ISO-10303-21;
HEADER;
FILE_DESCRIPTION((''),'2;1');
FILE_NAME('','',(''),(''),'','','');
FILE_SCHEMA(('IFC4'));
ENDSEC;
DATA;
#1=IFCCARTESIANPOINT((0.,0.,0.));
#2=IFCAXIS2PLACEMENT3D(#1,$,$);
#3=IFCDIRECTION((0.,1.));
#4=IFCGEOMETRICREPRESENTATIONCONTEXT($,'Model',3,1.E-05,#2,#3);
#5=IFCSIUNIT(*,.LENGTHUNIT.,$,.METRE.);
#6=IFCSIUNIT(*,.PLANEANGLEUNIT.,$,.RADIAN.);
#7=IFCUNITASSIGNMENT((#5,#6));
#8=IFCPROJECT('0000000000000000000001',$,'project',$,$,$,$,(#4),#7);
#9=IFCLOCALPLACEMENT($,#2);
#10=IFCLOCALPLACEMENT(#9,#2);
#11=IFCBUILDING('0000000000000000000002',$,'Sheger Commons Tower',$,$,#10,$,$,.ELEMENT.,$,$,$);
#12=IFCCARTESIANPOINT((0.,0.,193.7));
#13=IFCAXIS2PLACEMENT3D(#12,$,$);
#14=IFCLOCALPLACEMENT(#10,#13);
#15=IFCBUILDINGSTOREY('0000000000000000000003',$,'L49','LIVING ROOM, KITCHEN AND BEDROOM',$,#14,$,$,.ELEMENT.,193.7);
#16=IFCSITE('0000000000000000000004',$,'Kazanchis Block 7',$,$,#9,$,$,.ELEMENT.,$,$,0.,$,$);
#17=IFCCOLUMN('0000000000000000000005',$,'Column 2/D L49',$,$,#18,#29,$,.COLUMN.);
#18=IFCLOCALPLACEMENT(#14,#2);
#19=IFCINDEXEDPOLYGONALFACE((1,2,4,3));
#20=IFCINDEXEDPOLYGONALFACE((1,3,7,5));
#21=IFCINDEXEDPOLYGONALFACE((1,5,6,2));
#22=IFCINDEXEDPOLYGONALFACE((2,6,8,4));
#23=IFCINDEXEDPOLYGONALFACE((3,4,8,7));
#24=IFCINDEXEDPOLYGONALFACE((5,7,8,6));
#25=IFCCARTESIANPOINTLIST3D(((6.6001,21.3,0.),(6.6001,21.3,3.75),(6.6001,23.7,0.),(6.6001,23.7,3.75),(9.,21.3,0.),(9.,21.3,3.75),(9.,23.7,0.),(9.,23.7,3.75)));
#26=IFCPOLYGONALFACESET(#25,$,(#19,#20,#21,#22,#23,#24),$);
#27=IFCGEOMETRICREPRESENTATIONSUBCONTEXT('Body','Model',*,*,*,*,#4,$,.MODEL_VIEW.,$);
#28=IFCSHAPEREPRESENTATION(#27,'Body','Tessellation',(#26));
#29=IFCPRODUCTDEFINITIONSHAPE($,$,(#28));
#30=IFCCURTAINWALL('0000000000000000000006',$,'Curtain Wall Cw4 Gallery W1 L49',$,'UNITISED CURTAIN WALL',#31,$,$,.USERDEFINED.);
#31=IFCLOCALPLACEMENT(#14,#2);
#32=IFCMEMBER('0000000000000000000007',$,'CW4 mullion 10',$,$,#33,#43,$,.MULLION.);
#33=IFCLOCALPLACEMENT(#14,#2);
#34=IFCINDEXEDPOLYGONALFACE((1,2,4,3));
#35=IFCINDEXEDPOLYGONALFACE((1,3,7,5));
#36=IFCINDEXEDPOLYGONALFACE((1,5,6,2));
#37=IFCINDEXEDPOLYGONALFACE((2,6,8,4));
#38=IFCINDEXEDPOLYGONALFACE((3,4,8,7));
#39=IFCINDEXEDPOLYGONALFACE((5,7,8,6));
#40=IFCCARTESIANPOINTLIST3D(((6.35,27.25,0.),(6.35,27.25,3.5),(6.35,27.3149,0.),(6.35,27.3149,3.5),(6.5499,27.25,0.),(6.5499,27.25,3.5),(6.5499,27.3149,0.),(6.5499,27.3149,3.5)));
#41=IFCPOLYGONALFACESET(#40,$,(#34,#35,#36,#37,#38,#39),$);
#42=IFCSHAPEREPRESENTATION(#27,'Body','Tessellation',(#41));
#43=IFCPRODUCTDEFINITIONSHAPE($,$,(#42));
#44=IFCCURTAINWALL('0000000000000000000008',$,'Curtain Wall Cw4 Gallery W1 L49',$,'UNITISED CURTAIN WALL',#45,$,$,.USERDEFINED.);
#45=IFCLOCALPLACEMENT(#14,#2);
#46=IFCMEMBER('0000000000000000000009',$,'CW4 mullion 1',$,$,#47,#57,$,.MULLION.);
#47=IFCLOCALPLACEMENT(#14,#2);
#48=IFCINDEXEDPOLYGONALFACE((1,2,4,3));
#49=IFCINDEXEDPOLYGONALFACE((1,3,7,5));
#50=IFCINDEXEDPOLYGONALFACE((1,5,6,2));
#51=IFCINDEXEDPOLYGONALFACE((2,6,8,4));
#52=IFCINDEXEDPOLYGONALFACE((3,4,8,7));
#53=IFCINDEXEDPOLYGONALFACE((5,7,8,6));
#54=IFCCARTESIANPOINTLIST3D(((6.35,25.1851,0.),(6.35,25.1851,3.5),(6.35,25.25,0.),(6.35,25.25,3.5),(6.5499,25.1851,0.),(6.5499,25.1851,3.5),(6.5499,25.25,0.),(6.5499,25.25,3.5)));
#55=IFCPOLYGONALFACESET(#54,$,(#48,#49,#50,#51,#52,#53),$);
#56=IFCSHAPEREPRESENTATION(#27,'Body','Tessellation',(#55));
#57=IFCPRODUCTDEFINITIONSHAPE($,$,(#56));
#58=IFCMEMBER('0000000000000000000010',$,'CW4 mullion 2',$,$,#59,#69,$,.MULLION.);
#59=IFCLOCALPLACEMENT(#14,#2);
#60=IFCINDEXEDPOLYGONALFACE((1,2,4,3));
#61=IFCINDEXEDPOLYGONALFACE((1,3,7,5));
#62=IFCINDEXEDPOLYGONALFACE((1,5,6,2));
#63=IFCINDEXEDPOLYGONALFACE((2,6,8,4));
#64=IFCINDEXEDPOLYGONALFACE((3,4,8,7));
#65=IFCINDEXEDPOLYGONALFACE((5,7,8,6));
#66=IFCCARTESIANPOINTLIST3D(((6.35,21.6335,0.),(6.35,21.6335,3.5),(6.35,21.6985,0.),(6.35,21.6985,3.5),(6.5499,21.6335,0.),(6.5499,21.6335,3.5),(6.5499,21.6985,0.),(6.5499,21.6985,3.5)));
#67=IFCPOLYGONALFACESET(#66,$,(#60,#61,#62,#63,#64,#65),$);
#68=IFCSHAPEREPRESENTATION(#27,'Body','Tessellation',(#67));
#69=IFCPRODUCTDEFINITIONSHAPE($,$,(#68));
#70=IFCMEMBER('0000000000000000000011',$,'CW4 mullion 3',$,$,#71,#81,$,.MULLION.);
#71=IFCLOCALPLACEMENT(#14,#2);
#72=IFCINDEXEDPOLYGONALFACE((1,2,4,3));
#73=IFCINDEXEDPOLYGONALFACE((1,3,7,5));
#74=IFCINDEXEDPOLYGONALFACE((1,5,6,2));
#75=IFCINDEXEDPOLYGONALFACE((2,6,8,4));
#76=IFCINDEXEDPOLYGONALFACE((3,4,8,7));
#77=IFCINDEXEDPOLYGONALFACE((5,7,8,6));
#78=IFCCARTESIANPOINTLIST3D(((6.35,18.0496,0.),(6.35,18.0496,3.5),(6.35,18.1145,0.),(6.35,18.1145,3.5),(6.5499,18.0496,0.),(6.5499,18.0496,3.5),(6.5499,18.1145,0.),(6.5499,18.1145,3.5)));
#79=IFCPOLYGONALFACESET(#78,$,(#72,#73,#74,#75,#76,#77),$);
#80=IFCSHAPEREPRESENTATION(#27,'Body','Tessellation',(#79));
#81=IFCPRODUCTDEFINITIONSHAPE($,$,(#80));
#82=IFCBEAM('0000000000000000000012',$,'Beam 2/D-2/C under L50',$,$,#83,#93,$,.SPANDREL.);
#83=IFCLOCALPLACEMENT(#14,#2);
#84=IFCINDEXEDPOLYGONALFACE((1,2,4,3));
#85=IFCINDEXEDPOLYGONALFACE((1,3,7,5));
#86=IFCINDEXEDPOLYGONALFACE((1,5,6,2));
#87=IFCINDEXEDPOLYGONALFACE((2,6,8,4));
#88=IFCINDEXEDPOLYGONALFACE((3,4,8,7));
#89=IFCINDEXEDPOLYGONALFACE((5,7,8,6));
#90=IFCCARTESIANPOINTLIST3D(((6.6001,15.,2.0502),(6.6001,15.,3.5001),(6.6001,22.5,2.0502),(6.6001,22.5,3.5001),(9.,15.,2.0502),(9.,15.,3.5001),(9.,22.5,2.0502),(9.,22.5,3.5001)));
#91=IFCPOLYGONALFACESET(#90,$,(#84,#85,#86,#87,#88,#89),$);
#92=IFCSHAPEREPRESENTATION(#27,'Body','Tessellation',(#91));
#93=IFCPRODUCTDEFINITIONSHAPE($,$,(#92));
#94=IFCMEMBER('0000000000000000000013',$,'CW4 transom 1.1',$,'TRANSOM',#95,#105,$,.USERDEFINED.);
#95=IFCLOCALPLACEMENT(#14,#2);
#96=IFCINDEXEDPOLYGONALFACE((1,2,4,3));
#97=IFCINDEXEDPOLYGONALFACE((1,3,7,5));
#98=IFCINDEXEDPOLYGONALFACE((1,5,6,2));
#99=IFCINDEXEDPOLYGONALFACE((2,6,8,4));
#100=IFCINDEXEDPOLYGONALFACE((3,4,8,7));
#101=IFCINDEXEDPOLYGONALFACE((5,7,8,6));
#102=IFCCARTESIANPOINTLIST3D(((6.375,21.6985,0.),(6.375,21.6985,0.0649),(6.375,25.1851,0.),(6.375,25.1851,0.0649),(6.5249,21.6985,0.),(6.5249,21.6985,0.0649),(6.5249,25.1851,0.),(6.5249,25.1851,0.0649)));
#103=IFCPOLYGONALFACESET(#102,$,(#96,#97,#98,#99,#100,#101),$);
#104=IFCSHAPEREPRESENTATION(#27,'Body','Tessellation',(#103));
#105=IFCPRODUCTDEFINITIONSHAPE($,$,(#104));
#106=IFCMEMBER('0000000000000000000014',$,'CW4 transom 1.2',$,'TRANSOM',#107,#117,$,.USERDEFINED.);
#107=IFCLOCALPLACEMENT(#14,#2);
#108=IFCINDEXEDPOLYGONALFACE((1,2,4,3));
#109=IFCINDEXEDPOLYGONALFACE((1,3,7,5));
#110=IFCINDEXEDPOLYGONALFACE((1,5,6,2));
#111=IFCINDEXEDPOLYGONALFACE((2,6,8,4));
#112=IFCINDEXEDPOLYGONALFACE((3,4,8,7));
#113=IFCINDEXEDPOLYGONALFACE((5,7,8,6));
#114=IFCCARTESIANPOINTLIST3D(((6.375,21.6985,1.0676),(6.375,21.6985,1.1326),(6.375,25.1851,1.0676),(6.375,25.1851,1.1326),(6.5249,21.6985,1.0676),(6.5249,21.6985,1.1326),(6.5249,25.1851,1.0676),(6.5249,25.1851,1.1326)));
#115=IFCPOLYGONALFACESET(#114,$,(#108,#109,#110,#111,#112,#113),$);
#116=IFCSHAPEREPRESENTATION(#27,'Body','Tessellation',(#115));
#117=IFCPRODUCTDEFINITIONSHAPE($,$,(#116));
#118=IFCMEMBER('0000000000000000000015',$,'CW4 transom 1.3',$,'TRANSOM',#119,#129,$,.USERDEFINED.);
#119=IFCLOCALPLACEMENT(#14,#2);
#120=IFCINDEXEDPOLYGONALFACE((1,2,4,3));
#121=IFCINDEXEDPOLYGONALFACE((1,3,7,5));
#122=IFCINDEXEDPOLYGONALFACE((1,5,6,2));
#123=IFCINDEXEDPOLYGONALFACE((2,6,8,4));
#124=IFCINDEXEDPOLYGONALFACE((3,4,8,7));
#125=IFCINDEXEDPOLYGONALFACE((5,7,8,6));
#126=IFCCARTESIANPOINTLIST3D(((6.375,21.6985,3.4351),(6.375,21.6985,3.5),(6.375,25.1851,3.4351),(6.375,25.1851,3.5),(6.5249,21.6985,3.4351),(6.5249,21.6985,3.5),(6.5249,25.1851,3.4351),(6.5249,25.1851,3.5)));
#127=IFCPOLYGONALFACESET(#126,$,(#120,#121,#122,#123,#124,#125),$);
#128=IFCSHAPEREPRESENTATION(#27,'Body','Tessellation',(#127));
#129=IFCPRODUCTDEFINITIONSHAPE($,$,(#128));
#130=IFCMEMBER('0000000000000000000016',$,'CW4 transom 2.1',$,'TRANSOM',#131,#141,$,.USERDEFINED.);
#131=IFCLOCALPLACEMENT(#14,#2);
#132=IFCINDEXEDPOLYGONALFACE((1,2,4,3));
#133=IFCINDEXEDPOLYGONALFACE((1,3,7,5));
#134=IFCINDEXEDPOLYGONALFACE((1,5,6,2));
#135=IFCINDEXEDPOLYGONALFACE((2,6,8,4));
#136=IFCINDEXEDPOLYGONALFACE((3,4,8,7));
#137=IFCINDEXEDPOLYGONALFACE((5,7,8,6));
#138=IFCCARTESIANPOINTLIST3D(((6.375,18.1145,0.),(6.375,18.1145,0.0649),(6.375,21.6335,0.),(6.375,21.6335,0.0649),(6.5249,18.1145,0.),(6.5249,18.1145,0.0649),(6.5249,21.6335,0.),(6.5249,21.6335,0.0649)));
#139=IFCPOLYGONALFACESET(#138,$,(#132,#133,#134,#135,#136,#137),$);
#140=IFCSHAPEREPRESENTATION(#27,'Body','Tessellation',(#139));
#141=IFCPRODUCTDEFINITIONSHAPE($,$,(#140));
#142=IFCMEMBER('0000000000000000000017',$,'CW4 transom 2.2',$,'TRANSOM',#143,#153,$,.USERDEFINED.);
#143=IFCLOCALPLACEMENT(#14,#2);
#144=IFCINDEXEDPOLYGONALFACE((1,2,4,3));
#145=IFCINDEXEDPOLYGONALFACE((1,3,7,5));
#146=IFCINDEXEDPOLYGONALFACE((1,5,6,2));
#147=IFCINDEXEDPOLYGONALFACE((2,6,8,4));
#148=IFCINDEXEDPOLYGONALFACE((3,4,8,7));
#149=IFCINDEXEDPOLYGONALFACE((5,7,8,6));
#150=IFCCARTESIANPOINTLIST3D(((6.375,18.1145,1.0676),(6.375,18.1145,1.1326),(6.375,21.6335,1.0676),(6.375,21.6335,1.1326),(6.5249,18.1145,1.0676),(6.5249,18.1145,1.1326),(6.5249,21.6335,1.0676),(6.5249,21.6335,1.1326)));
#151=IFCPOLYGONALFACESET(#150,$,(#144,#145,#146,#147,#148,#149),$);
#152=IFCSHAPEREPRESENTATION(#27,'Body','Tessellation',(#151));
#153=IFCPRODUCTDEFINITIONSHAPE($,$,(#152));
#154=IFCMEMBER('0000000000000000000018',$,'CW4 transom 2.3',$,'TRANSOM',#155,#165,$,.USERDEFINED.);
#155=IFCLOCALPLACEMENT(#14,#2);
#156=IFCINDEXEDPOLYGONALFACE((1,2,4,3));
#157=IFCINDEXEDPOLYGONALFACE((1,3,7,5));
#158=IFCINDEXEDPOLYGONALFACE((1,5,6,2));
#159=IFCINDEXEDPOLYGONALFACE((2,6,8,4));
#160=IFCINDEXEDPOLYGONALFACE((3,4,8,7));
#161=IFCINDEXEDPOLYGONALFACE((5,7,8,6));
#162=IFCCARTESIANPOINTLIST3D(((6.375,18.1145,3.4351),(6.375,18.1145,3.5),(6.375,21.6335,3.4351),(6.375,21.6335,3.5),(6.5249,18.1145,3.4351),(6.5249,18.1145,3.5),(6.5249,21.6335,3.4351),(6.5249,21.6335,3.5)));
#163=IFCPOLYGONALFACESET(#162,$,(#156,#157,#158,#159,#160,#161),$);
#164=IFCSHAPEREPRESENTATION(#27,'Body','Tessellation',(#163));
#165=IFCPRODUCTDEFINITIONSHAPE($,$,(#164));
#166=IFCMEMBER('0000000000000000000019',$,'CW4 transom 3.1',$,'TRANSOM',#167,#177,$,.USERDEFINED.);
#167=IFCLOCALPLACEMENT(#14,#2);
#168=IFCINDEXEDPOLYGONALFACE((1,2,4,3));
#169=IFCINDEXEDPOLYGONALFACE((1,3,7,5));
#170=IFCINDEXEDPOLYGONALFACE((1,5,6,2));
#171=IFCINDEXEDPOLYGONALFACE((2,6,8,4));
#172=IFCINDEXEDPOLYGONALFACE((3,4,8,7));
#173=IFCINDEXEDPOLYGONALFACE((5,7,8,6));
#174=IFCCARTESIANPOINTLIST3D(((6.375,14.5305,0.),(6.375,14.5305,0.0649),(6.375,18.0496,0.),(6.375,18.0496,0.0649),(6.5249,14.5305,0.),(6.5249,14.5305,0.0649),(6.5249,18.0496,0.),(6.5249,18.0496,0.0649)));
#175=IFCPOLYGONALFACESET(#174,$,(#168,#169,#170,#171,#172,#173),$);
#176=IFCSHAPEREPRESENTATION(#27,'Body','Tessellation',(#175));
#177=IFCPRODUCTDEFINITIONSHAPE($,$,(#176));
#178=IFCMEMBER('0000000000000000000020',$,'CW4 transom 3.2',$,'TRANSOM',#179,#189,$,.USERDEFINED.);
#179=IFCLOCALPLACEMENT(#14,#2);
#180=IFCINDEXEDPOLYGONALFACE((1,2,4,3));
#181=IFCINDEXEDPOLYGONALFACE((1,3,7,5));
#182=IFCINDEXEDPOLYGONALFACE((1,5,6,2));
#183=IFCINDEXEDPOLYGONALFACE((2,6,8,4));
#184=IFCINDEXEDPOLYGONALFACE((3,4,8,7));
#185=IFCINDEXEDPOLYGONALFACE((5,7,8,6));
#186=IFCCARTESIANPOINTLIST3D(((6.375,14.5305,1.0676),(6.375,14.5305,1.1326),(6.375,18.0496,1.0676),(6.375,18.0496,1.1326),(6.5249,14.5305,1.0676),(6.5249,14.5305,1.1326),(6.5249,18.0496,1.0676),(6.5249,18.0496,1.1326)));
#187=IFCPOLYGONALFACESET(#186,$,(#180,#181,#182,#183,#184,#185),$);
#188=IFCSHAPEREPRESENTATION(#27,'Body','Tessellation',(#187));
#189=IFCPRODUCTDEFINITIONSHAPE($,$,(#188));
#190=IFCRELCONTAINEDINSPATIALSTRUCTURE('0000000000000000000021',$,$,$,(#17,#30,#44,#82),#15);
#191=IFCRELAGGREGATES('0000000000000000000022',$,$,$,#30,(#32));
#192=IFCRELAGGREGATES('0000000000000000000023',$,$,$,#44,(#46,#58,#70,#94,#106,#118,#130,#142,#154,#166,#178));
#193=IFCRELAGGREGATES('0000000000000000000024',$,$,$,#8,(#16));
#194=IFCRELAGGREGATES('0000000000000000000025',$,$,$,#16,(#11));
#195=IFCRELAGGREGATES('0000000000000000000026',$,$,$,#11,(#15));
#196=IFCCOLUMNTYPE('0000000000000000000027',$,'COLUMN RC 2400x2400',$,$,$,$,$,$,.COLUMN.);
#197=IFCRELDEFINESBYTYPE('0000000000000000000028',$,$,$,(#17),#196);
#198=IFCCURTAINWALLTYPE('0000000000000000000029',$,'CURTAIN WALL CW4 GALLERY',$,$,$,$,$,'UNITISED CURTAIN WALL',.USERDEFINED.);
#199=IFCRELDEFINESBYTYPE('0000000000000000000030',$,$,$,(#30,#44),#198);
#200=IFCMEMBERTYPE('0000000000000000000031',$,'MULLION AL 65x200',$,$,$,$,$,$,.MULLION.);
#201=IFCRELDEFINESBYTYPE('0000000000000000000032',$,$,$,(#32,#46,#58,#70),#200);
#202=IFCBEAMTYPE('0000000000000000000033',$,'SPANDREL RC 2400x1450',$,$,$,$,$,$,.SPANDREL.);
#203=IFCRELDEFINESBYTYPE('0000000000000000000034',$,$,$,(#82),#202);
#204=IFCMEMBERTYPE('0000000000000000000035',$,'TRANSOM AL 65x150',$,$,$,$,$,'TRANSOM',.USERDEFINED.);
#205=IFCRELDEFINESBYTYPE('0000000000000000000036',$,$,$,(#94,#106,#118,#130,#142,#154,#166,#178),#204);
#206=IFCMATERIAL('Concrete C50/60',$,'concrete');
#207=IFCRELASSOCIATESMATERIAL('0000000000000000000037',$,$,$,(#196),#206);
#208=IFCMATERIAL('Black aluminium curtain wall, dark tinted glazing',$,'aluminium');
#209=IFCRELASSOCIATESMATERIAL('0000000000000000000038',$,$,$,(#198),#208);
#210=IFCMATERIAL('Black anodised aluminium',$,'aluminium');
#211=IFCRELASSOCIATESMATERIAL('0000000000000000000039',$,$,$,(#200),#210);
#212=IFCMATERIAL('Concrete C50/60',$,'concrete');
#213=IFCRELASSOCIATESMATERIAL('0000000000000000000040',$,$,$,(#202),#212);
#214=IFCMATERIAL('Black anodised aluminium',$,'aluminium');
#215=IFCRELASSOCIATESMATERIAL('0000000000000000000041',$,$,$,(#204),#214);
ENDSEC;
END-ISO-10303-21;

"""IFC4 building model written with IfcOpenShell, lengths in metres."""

from ifc_helpers import new_model, si_unit, direction, frame, origin, origin_2d, place, context, subcontext, project, spatial, rectangle, extrude, material, material_profile, profile_set, type_object, element, aggregate, save


model = new_model("IFC4")

# Units and contexts
model_context = context("Model", 3, precision=1e-05, world=origin(), true_north=direction((0.0, 1.0)))
body_context = subcontext(model_context, "Body", "Model", "MODEL_VIEW")
ifc_project = project(units=[si_unit("LENGTHUNIT", "METRE"), si_unit("PLANEANGLEUNIT", "RADIAN")], contexts=[model_context])

# Site, building, storey
site_placement = place(None, origin())
site = spatial("IfcSite", under=ifc_project, at=site_placement, Name="Kazanchis Block 7", CompositionType="ELEMENT", RefElevation=0.0)
building_placement = place(site_placement, origin())
building = spatial("IfcBuilding", under=site, at=building_placement, Name="Sheger Commons Tower", CompositionType="ELEMENT")
storey_placement = place(building_placement, frame((0.0, 0.0, 193.7)))
storey = spatial("IfcBuildingStorey", under=building, at=storey_placement, Name="L49", Description="LIVING ROOM, KITCHEN AND BEDROOM", CompositionType="ELEMENT", Elevation=193.7)

# Column
ifc_material_1 = material(Name="Concrete C50/60", Category="concrete")
ifc_material_profile_1 = material_profile(ifc_material_1, rectangle(XDim=2.3999, YDim=2.3999, at=origin_2d()), Name="RC 2400x2400")
ifc_profile_set_1 = profile_set([ifc_material_profile_1], Name="Concrete C50/60")
column_type = type_object("IfcColumnType", Name="COLUMN RC 2400x2400", PredefinedType="COLUMN", material=ifc_profile_set_1)
column_placement = place(storey_placement, frame((7.8, 22.5, 0.0), z_axis=(0.0, 0.0, 1.0), x_axis=(1.0, 0.0, 0.0)))
element("IfcColumn", 1, at=column_placement, inside=storey, type_object=column_type, Name="Column 2/D L49", PredefinedType="COLUMN", context=body_context, shape_type="SweptSolid", body=[
    extrude(rectangle(XDim=2.3999, YDim=2.3999, at=origin_2d()), origin(), (0.0, 0.0, 1.0), 3.75),
])

# Curtain wall, member
ifc_material_2 = material(Name="Black aluminium curtain wall, dark tinted glazing", Category="aluminium")
curtain_wall_type = type_object("IfcCurtainWallType", Name="CURTAIN WALL CW4 GALLERY", ElementType="UNITISED CURTAIN WALL", PredefinedType="USERDEFINED", material=ifc_material_2)
curtain_wall_1_placement = place(storey_placement, origin())
curtain_wall_1 = element("IfcCurtainWall", 2, at=curtain_wall_1_placement, inside=storey, type_object=curtain_wall_type, Name="Curtain Wall Cw4 Gallery W1 L49", ObjectType="UNITISED CURTAIN WALL", PredefinedType="USERDEFINED")
ifc_material_3 = material(Name="Black anodised aluminium", Category="aluminium")
ifc_material_profile_2 = material_profile(ifc_material_3, rectangle(XDim=0.2, YDim=0.0649, at=origin_2d()), Name="AL 65x200")
ifc_profile_set_2 = profile_set([ifc_material_profile_2], Name="Black anodised aluminium")
member_type_1 = type_object("IfcMemberType", Name="MULLION AL 65x200", PredefinedType="MULLION", material=ifc_profile_set_2)
member_1_placement = place(storey_placement, frame((6.45, 27.2825, 0.0), z_axis=(0.0, 0.0, 1.0), x_axis=(1.0, 0.0, 0.0)))
member_1 = element("IfcMember", 3, at=member_1_placement, type_object=member_type_1, Name="CW4 mullion 10", PredefinedType="MULLION", context=body_context, shape_type="SweptSolid", body=[
    extrude(rectangle(XDim=0.2, YDim=0.0649, at=origin_2d()), origin(), (0.0, 0.0, 1.0), 3.5),
])

# Curtain wall, members
curtain_wall_2_placement = place(storey_placement, origin())
curtain_wall_2 = element("IfcCurtainWall", 4, at=curtain_wall_2_placement, inside=storey, type_object=curtain_wall_type, Name="Curtain Wall Cw4 Gallery W1 L49", ObjectType="UNITISED CURTAIN WALL", PredefinedType="USERDEFINED")
member_2_placement = place(storey_placement, frame((6.45, 25.2175, 0.0), z_axis=(0.0, 0.0, 1.0), x_axis=(1.0, 0.0, 0.0)))
member_2 = element("IfcMember", 5, at=member_2_placement, type_object=member_type_1, Name="CW4 mullion 1", PredefinedType="MULLION", context=body_context, shape_type="SweptSolid", body=[
    extrude(rectangle(XDim=0.2, YDim=0.0649, at=origin_2d()), origin(), (0.0, 0.0, 1.0), 3.5),
])
member_3_placement = place(storey_placement, frame((6.45, 21.666, 0.0), z_axis=(0.0, 0.0, 1.0), x_axis=(1.0, 0.0, 0.0)))
member_3 = element("IfcMember", 6, at=member_3_placement, type_object=member_type_1, Name="CW4 mullion 2", PredefinedType="MULLION", context=body_context, shape_type="SweptSolid", body=[
    extrude(rectangle(XDim=0.2, YDim=0.0649, at=origin_2d()), origin(), (0.0, 0.0, 1.0), 3.5),
])
member_4_placement = place(storey_placement, frame((6.45, 18.082, 0.0), z_axis=(0.0, 0.0, 1.0), x_axis=(1.0, 0.0, 0.0)))
member_4 = element("IfcMember", 7, at=member_4_placement, type_object=member_type_1, Name="CW4 mullion 3", PredefinedType="MULLION", context=body_context, shape_type="SweptSolid", body=[
    extrude(rectangle(XDim=0.2, YDim=0.0649, at=origin_2d()), origin(), (0.0, 0.0, 1.0), 3.5),
])

# Beam
ifc_material_4 = material(Name="Concrete C50/60", Category="concrete")
ifc_material_profile_3 = material_profile(ifc_material_4, rectangle(XDim=2.3999, YDim=1.45, at=origin_2d()), Name="RC 2400x1450")
ifc_profile_set_3 = profile_set([ifc_material_profile_3], Name="Concrete C50/60")
beam_type = type_object("IfcBeamType", Name="SPANDREL RC 2400x1450", PredefinedType="SPANDREL", material=ifc_profile_set_3)
beam_placement = place(storey_placement, frame((7.8, 22.5, 2.7751), z_axis=(0.0, -1.0, 0.0), x_axis=(1.0, 0.0, 0.0)))
element("IfcBeam", 8, at=beam_placement, inside=storey, type_object=beam_type, Name="Beam 2/D-2/C under L50", PredefinedType="SPANDREL", context=body_context, shape_type="SweptSolid", body=[
    extrude(rectangle(XDim=2.3999, YDim=1.45, at=origin_2d()), origin(), (0.0, 0.0, 1.0), 7.5),
])

# Members
ifc_material_5 = material(Name="Black anodised aluminium", Category="aluminium")
ifc_material_profile_4 = material_profile(ifc_material_5, rectangle(XDim=0.1499, YDim=0.0649, at=origin_2d()), Name="AL 65x150")
ifc_profile_set_4 = profile_set([ifc_material_profile_4], Name="Black anodised aluminium")
member_type_2 = type_object("IfcMemberType", Name="TRANSOM AL 65x150", ElementType="TRANSOM", PredefinedType="USERDEFINED", material=ifc_profile_set_4)
member_5_placement = place(storey_placement, frame((6.45, 25.1851, 0.0325), z_axis=(0.0, -1.0, 0.0), x_axis=(1.0, 0.0, 0.0)))
member_5 = element("IfcMember", 9, at=member_5_placement, type_object=member_type_2, Name="CW4 transom 1.1", ObjectType="TRANSOM", PredefinedType="USERDEFINED", context=body_context, shape_type="SweptSolid", body=[
    extrude(rectangle(XDim=0.1499, YDim=0.0649, at=origin_2d()), origin(), (0.0, 0.0, 1.0), 3.4866),
])
member_6_placement = place(storey_placement, frame((6.45, 25.1851, 1.1001), z_axis=(0.0, -1.0, 0.0), x_axis=(1.0, 0.0, 0.0)))
member_6 = element("IfcMember", 10, at=member_6_placement, type_object=member_type_2, Name="CW4 transom 1.2", ObjectType="TRANSOM", PredefinedType="USERDEFINED", context=body_context, shape_type="SweptSolid", body=[
    extrude(rectangle(XDim=0.1499, YDim=0.0649, at=origin_2d()), origin(), (0.0, 0.0, 1.0), 3.4866),
])
member_7_placement = place(storey_placement, frame((6.45, 25.1851, 3.4675), z_axis=(0.0, -1.0, 0.0), x_axis=(1.0, 0.0, 0.0)))
member_7 = element("IfcMember", 11, at=member_7_placement, type_object=member_type_2, Name="CW4 transom 1.3", ObjectType="TRANSOM", PredefinedType="USERDEFINED", context=body_context, shape_type="SweptSolid", body=[
    extrude(rectangle(XDim=0.1499, YDim=0.0649, at=origin_2d()), origin(), (0.0, 0.0, 1.0), 3.4866),
])
member_8_placement = place(storey_placement, frame((6.45, 21.6335, 0.0325), z_axis=(0.0, -1.0, 0.0), x_axis=(1.0, 0.0, 0.0)))
member_8 = element("IfcMember", 12, at=member_8_placement, type_object=member_type_2, Name="CW4 transom 2.1", ObjectType="TRANSOM", PredefinedType="USERDEFINED", context=body_context, shape_type="SweptSolid", body=[
    extrude(rectangle(XDim=0.1499, YDim=0.0649, at=origin_2d()), origin(), (0.0, 0.0, 1.0), 3.519),
])
member_9_placement = place(storey_placement, frame((6.45, 21.6335, 1.1001), z_axis=(0.0, -1.0, 0.0), x_axis=(1.0, 0.0, 0.0)))
member_9 = element("IfcMember", 13, at=member_9_placement, type_object=member_type_2, Name="CW4 transom 2.2", ObjectType="TRANSOM", PredefinedType="USERDEFINED", context=body_context, shape_type="SweptSolid", body=[
    extrude(rectangle(XDim=0.1499, YDim=0.0649, at=origin_2d()), origin(), (0.0, 0.0, 1.0), 3.519),
])
member_10_placement = place(storey_placement, frame((6.45, 21.6335, 3.4675), z_axis=(0.0, -1.0, 0.0), x_axis=(1.0, 0.0, 0.0)))
member_10 = element("IfcMember", 14, at=member_10_placement, type_object=member_type_2, Name="CW4 transom 2.3", ObjectType="TRANSOM", PredefinedType="USERDEFINED", context=body_context, shape_type="SweptSolid", body=[
    extrude(rectangle(XDim=0.1499, YDim=0.0649, at=origin_2d()), origin(), (0.0, 0.0, 1.0), 3.519),
])
member_11_placement = place(storey_placement, frame((6.45, 18.0496, 0.0325), z_axis=(0.0, -1.0, 0.0), x_axis=(1.0, 0.0, 0.0)))
member_11 = element("IfcMember", 15, at=member_11_placement, type_object=member_type_2, Name="CW4 transom 3.1", ObjectType="TRANSOM", PredefinedType="USERDEFINED", context=body_context, shape_type="SweptSolid", body=[
    extrude(rectangle(XDim=0.1499, YDim=0.0649, at=origin_2d()), origin(), (0.0, 0.0, 1.0), 3.519),
])
member_12_placement = place(storey_placement, frame((6.45, 18.0496, 1.1001), z_axis=(0.0, -1.0, 0.0), x_axis=(1.0, 0.0, 0.0)))
member_12 = element("IfcMember", 16, at=member_12_placement, type_object=member_type_2, Name="CW4 transom 3.2", ObjectType="TRANSOM", PredefinedType="USERDEFINED", context=body_context, shape_type="SweptSolid", body=[
    extrude(rectangle(XDim=0.1499, YDim=0.0649, at=origin_2d()), origin(), (0.0, 0.0, 1.0), 3.519),
])

aggregate(curtain_wall_1, [member_1])
aggregate(curtain_wall_2, [member_2, member_3, member_4, member_5, member_6, member_7, member_8, member_9, member_10, member_11, member_12])

save(model, "model.ifc")
